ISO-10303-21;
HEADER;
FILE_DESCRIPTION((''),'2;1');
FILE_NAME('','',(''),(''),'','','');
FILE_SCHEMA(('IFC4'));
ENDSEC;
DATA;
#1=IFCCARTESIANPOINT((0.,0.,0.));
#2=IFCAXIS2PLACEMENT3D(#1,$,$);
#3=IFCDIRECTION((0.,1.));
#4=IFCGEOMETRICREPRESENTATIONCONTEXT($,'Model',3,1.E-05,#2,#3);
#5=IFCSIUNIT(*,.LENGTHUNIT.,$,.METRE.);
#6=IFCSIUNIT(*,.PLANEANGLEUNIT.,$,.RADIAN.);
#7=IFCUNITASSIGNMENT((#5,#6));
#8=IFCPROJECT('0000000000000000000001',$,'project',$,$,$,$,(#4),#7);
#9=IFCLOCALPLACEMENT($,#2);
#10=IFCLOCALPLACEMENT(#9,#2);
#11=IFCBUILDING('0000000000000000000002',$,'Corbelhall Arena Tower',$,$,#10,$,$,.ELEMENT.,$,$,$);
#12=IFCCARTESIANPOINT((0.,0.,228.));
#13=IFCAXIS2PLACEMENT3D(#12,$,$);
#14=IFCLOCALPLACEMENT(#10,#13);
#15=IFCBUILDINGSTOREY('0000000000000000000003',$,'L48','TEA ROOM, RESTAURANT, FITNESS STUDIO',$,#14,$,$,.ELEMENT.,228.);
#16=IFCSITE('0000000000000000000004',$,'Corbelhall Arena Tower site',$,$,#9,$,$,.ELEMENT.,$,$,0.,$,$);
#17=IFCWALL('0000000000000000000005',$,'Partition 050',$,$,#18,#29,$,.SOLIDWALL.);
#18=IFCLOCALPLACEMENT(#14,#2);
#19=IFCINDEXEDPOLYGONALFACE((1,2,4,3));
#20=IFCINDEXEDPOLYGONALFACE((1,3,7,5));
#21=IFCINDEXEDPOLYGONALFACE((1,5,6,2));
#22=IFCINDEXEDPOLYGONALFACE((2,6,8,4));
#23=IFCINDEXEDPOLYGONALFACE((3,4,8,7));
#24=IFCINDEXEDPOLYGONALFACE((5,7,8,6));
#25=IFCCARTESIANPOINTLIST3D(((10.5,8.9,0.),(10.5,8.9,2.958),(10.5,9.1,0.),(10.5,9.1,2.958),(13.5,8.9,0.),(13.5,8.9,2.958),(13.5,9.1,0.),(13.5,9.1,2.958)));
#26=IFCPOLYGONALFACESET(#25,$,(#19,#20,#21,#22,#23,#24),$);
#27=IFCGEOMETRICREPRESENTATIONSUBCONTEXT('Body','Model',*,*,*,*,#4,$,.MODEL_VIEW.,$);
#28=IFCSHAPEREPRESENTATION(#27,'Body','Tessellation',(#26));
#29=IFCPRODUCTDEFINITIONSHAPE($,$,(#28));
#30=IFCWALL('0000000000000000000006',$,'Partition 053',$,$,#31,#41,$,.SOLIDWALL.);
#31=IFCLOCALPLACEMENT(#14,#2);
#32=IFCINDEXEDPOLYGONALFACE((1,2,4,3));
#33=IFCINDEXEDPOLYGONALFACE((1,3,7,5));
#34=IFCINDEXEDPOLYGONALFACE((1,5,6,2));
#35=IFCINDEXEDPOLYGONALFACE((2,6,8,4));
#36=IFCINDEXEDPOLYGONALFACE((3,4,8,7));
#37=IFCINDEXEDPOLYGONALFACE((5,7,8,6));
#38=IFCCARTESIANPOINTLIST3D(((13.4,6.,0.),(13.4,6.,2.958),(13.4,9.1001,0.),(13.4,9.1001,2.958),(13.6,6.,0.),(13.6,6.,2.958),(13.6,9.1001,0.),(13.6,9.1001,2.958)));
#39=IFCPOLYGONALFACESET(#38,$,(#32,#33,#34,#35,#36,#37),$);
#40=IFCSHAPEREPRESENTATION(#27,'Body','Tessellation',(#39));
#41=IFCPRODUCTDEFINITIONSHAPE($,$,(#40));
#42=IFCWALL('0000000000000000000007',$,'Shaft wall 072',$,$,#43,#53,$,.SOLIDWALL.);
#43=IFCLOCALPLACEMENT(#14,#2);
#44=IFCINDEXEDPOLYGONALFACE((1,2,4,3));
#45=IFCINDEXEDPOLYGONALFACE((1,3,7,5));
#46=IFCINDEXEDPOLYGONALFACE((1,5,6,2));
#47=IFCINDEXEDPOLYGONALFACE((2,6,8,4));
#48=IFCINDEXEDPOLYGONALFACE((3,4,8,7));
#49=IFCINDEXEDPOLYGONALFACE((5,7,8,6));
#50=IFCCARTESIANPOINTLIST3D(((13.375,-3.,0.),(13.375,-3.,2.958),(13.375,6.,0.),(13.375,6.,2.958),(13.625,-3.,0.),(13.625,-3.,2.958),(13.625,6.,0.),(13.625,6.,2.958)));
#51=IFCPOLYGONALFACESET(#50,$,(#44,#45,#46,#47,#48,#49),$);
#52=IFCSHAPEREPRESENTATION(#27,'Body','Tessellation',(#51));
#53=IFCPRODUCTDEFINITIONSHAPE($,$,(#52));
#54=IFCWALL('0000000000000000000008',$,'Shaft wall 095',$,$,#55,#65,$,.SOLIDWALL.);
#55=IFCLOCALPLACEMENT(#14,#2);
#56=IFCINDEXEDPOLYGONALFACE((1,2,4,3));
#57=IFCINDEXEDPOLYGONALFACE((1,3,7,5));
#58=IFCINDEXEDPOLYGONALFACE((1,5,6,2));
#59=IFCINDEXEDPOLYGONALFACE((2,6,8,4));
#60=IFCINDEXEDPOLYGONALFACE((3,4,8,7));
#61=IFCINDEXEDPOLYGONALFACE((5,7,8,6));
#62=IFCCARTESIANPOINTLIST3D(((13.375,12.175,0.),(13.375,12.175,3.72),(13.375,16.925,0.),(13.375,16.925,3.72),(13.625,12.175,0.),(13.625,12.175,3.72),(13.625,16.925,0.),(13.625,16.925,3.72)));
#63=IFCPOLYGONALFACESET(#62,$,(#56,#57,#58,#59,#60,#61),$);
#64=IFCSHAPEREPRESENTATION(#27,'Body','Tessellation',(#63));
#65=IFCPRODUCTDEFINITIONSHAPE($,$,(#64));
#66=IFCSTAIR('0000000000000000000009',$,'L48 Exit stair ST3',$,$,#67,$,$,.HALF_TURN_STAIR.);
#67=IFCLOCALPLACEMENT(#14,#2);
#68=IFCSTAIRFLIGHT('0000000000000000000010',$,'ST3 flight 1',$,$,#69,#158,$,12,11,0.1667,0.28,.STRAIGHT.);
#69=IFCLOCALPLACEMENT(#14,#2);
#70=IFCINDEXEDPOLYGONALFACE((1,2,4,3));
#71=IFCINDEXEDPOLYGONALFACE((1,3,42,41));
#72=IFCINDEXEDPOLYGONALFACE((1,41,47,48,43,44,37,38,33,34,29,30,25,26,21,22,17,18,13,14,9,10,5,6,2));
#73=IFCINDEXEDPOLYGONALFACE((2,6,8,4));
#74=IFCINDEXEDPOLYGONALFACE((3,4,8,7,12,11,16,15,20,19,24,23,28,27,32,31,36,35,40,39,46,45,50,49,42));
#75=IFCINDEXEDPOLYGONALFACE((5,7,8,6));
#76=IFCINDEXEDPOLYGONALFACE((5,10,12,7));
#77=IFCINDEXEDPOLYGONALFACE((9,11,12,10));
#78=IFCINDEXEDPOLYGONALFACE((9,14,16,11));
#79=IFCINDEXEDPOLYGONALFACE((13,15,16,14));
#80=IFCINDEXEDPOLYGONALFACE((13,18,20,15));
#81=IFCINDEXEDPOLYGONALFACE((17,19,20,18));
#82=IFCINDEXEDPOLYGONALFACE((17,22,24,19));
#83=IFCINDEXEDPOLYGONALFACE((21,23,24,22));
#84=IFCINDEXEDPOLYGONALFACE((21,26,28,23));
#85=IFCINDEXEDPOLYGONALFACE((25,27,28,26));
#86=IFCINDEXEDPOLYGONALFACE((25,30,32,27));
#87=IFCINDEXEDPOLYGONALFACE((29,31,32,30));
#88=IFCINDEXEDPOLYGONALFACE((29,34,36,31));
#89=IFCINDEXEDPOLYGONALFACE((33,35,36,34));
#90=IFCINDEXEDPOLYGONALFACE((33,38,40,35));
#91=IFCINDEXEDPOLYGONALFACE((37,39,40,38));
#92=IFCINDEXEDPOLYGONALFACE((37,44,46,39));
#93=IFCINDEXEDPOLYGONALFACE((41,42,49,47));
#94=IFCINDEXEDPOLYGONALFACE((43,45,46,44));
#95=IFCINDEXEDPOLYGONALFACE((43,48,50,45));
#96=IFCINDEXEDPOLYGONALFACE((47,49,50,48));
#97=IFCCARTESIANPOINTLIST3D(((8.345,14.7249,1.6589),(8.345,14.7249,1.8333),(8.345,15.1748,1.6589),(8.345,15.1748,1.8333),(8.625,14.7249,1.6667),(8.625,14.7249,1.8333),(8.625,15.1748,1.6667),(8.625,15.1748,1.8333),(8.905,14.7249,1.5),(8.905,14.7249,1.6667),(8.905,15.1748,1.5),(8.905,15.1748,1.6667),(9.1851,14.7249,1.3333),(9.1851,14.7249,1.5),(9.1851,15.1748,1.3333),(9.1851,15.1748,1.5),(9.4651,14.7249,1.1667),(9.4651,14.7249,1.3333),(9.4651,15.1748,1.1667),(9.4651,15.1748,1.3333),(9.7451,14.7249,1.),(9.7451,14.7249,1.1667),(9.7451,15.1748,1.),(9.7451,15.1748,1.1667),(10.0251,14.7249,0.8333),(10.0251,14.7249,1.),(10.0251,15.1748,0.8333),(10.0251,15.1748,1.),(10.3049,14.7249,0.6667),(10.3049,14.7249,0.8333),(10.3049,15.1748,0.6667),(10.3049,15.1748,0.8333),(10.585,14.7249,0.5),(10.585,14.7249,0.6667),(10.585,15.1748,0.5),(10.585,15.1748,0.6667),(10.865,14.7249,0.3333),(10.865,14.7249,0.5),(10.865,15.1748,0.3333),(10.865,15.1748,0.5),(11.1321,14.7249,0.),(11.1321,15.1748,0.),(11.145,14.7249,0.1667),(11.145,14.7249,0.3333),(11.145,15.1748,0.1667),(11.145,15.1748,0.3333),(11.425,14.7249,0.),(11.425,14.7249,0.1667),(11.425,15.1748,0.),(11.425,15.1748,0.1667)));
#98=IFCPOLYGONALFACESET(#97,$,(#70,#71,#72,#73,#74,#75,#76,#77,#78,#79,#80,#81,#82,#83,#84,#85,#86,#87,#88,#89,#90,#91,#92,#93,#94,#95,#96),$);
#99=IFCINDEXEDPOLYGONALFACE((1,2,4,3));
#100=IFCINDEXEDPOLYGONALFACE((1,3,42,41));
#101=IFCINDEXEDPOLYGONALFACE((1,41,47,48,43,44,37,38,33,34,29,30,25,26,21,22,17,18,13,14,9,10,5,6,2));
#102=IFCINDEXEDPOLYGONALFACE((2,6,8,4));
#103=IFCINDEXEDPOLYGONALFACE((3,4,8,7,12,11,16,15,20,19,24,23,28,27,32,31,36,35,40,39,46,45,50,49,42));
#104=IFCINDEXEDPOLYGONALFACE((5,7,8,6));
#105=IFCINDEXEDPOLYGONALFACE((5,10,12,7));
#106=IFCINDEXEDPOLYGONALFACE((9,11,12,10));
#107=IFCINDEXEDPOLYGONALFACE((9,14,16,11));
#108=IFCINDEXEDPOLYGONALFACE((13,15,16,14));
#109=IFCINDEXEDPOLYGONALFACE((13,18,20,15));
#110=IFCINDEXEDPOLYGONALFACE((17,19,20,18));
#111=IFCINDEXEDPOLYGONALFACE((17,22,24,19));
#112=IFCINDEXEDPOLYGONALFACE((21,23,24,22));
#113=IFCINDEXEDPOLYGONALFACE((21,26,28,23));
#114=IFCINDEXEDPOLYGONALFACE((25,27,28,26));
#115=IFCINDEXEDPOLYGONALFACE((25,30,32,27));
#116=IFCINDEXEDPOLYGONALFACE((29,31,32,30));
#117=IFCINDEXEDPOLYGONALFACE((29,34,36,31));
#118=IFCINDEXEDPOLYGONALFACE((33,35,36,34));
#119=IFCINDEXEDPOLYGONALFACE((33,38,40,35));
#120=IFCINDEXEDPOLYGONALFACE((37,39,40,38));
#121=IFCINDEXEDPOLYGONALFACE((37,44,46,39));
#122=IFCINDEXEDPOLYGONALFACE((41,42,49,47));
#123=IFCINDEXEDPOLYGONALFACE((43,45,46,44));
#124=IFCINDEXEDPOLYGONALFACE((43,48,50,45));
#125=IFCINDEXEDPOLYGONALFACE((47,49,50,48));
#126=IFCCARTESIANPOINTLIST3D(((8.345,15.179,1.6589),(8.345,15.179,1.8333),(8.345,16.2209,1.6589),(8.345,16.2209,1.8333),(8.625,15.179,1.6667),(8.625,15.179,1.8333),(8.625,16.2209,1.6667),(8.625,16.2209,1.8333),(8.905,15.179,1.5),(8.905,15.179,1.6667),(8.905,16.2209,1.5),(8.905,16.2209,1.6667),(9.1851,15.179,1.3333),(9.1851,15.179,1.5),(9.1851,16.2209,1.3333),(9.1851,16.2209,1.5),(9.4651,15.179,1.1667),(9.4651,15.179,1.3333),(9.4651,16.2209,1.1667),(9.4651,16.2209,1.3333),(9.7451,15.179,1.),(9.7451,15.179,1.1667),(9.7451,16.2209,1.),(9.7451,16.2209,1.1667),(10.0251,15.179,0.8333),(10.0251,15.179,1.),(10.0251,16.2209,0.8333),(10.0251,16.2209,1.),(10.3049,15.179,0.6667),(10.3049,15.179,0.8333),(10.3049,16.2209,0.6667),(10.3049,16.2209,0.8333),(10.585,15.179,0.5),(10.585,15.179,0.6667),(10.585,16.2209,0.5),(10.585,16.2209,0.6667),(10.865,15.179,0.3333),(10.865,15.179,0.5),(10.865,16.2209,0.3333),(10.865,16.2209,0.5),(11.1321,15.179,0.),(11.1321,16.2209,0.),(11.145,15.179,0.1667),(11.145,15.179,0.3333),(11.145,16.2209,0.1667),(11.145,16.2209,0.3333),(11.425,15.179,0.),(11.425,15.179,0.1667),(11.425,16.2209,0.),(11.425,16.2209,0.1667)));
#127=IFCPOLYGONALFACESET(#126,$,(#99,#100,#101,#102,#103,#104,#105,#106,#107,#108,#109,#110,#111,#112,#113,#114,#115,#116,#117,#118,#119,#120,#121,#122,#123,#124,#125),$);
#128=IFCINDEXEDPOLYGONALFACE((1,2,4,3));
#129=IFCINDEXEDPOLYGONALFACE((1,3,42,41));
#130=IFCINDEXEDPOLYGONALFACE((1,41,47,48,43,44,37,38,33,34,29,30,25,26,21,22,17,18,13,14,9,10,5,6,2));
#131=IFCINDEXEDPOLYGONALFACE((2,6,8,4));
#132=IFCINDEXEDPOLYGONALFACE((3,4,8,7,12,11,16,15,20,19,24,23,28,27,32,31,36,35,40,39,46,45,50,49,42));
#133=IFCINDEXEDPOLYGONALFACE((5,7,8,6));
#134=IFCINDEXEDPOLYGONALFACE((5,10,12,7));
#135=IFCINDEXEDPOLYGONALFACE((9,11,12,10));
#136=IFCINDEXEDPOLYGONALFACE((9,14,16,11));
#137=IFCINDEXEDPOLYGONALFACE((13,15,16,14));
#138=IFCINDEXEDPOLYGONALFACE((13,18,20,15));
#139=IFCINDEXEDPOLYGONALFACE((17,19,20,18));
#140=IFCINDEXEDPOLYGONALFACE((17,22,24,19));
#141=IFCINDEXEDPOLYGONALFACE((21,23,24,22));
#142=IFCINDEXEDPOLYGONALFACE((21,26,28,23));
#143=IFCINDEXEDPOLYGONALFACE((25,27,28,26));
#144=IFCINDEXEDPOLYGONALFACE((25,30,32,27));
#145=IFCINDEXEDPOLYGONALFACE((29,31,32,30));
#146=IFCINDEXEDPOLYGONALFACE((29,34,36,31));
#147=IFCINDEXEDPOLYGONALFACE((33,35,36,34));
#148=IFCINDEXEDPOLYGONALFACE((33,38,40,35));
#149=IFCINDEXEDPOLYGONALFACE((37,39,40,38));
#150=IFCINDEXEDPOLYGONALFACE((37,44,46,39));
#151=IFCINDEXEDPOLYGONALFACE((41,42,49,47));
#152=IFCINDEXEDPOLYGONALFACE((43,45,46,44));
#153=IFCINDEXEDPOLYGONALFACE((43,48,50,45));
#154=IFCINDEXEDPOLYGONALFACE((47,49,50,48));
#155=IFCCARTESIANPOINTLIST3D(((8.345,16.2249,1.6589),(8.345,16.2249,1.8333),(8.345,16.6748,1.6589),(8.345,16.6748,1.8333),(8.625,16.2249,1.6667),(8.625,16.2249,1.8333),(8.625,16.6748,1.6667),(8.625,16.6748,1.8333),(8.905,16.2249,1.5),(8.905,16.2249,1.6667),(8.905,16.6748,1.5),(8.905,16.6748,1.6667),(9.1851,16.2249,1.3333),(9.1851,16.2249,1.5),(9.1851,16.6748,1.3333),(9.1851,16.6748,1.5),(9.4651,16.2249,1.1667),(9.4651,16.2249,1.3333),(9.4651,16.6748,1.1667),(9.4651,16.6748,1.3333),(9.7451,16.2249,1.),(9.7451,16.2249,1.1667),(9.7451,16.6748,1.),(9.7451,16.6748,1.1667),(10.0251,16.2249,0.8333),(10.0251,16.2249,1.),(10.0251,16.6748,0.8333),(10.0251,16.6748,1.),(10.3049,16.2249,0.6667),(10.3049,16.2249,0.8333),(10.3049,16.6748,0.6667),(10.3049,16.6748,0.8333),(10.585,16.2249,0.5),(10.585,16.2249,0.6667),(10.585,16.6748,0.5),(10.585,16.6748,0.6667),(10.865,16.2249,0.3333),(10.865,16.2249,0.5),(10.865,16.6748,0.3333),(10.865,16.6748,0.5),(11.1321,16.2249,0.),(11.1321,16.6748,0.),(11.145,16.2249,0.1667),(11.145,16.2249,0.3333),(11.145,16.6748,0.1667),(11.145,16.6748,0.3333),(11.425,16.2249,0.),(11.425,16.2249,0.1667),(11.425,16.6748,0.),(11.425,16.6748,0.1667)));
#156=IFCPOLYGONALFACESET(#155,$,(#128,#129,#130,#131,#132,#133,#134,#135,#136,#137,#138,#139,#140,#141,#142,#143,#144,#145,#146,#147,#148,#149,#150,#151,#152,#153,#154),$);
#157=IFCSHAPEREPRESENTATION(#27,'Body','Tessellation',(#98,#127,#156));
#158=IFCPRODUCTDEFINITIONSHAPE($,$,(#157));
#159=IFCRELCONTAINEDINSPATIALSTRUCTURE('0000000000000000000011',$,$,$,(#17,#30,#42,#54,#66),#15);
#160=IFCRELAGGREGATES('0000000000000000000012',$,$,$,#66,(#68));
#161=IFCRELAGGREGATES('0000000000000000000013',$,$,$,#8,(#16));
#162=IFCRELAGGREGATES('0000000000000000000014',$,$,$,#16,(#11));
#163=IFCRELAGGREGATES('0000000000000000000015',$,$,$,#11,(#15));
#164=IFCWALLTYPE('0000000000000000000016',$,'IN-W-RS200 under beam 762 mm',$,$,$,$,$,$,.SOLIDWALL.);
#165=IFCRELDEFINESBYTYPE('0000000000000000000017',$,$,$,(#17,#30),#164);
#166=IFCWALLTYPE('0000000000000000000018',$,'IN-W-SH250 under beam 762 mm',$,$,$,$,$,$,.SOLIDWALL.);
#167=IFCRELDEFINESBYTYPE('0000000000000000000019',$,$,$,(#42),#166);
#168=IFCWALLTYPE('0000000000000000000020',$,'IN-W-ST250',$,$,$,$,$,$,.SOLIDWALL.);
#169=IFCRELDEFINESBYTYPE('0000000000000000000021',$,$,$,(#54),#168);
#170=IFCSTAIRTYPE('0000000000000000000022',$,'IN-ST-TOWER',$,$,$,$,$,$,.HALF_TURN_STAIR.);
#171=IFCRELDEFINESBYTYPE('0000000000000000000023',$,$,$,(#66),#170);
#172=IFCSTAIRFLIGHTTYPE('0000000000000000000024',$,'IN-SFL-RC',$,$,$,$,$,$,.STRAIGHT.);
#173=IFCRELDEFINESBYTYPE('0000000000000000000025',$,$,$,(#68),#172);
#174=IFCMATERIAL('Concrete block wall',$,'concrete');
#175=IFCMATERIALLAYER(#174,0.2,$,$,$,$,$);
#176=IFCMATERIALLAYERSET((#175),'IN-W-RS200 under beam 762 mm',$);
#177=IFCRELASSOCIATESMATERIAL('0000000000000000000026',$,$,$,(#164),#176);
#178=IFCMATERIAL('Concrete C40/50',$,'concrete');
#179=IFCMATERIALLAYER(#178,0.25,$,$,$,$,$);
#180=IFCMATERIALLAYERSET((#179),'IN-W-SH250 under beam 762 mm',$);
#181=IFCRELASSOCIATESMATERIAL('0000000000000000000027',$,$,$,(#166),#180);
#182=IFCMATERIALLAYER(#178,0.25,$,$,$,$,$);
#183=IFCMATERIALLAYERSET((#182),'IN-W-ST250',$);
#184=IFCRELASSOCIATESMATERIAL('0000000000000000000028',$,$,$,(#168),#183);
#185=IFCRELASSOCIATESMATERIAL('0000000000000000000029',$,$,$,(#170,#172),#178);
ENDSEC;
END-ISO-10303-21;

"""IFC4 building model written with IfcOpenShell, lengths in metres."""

from ifc_helpers import new_model, si_unit, direction, frame, frame_2d, origin, place, context, subcontext, project, spatial, polyline, rectangle, outline, extrude, material, layer, layer_set, type_object, element, aggregate, save


model = new_model("IFC4")

# Units and contexts
model_context = context("Model", 3, precision=1e-05, world=origin(), true_north=direction((0.0, 1.0)))
body_context = subcontext(model_context, "Body", "Model", "MODEL_VIEW")
ifc_project = project(units=[si_unit("LENGTHUNIT", "METRE"), si_unit("PLANEANGLEUNIT", "RADIAN")], contexts=[model_context])

# Site, building, storey
site_placement = place(None, origin())
site = spatial("IfcSite", under=ifc_project, at=site_placement, Name="Corbelhall Arena Tower site", CompositionType="ELEMENT", RefElevation=0.0)
building_placement = place(site_placement, origin())
building = spatial("IfcBuilding", under=site, at=building_placement, Name="Corbelhall Arena Tower", CompositionType="ELEMENT")
storey_placement = place(building_placement, frame((0.0, 0.0, 228.0)))
storey = spatial("IfcBuildingStorey", under=building, at=storey_placement, Name="L48", Description="TEA ROOM, RESTAURANT, FITNESS STUDIO", CompositionType="ELEMENT", Elevation=228.0)

# Shared definitions
ifc_material_1 = material(Name="Concrete block wall", Category="concrete")

# Walls
ifc_layer_1 = layer(ifc_material_1, 0.2)
ifc_layer_set_1 = layer_set([ifc_layer_1], Name="IN-W-RS200 under beam 762 mm")
wall_type_1 = type_object("IfcWallType", Name="IN-W-RS200 under beam 762 mm", PredefinedType="SOLIDWALL", material=ifc_layer_set_1)
wall_1_placement = place(storey_placement, frame((10.5, 9.0, 0.0), z_axis=(0.0, 0.0, 1.0), x_axis=(1.0, 0.0, 0.0)))
element("IfcWall", 1, at=wall_1_placement, inside=storey, type_object=wall_type_1, Name="Partition 050", PredefinedType="SOLIDWALL", context=body_context, shape_type="SweptSolid", body=[
    extrude(rectangle(XDim=3.0, YDim=0.2, at=frame_2d((1.5, 0.0))), origin(), (0.0, 0.0, 1.0), 2.958),
])
wall_2_placement = place(storey_placement, frame((13.5, 9.1001, 0.0), z_axis=(0.0, 0.0, 1.0), x_axis=(0.0, -1.0, 0.0)))
element("IfcWall", 2, at=wall_2_placement, inside=storey, type_object=wall_type_1, Name="Partition 053", PredefinedType="SOLIDWALL", context=body_context, shape_type="SweptSolid", body=[
    extrude(rectangle(XDim=3.1001, YDim=0.2, at=frame_2d((1.55, 0.0))), origin(), (0.0, 0.0, 1.0), 2.958),
])
ifc_material_2 = material(Name="Concrete C40/50", Category="concrete")
ifc_layer_2 = layer(ifc_material_2, 0.25)
ifc_layer_set_2 = layer_set([ifc_layer_2], Name="IN-W-SH250 under beam 762 mm")
wall_type_2 = type_object("IfcWallType", Name="IN-W-SH250 under beam 762 mm", PredefinedType="SOLIDWALL", material=ifc_layer_set_2)
wall_3_placement = place(storey_placement, frame((13.5, 6.0, 0.0), z_axis=(0.0, 0.0, 1.0), x_axis=(0.0, -1.0, 0.0)))
element("IfcWall", 3, at=wall_3_placement, inside=storey, type_object=wall_type_2, Name="Shaft wall 072", PredefinedType="SOLIDWALL", context=body_context, shape_type="SweptSolid", body=[
    extrude(rectangle(XDim=9.0, YDim=0.25, at=frame_2d((4.5, 0.0))), origin(), (0.0, 0.0, 1.0), 2.958),
])
ifc_layer_3 = layer(ifc_material_2, 0.25)
ifc_layer_set_3 = layer_set([ifc_layer_3], Name="IN-W-ST250")
wall_type_3 = type_object("IfcWallType", Name="IN-W-ST250", PredefinedType="SOLIDWALL", material=ifc_layer_set_3)
wall_4_placement = place(storey_placement, frame((13.5, 12.175, 0.0), z_axis=(0.0, 0.0, 1.0), x_axis=(0.0, 1.0, 0.0)))
element("IfcWall", 4, at=wall_4_placement, inside=storey, type_object=wall_type_3, Name="Shaft wall 095", PredefinedType="SOLIDWALL", context=body_context, shape_type="SweptSolid", body=[
    extrude(rectangle(XDim=4.75, YDim=0.25, at=frame_2d((2.375, 0.0))), origin(), (0.0, 0.0, 1.0), 3.72),
])

# Stair, stair flight
stair_type = type_object("IfcStairType", Name="IN-ST-TOWER", PredefinedType="HALF_TURN_STAIR", material=ifc_material_2)
stair_placement = place(storey_placement, origin())
stair = element("IfcStair", 5, at=stair_placement, inside=storey, type_object=stair_type, Name="L48 Exit stair ST3", PredefinedType="HALF_TURN_STAIR")
stair_flight_type = type_object("IfcStairFlightType", Name="IN-SFL-RC", PredefinedType="STRAIGHT", material=ifc_material_2)
stair_flight_placement = place(storey_placement, frame((11.425, 15.7, 0.0), z_axis=(0.0, 0.0, 1.0), x_axis=(-1.0, 0.0, 0.0)))
stair_flight = element("IfcStairFlight", 6, at=stair_flight_placement, type_object=stair_flight_type, Name="ST3 flight 1", NumberOfRisers=12, NumberOfTreads=11, PredefinedType="STRAIGHT", RiserHeight=0.1667, TreadLength=0.28, context=body_context, shape_type="SweptSolid", body=[
    extrude(outline(polyline([(0.0, 0.0), (0.0, 0.1667), (0.28, 0.1667), (0.28, 0.3333), (0.5601, 0.3333), (0.5601, 0.5), (0.8401, 0.5), (0.8401, 0.6667), (1.1201, 0.6667), (1.1201, 0.8333), (1.3999, 0.8333), (1.3999, 1.0), (1.6799, 1.0), (1.6799, 1.1667), (1.96, 1.1667), (1.96, 1.3333), (2.24, 1.3333), (2.24, 1.5), (2.52, 1.5), (2.52, 1.6667), (2.8, 1.6667), (2.8, 1.8333), (3.0801, 1.8333), (3.0801, 2.0), (3.0801, 1.6589), (0.293, 0.0), (0.0, 0.0)])), frame((0.0, 0.9751, 0.0), z_axis=(0.0, -1.0, 0.0), x_axis=(1.0, 0.0, 0.0)), (0.0, 0.0, 1.0), 0.45),
    extrude(outline(polyline([(0.0, 0.0), (0.0, 0.1667), (0.28, 0.1667), (0.28, 0.3333), (0.5601, 0.3333), (0.5601, 0.5), (0.8401, 0.5), (0.8401, 0.6667), (1.1201, 0.6667), (1.1201, 0.8333), (1.3999, 0.8333), (1.3999, 1.0), (1.6799, 1.0), (1.6799, 1.1667), (1.96, 1.1667), (1.96, 1.3333), (2.24, 1.3333), (2.24, 1.5), (2.52, 1.5), (2.52, 1.6667), (2.8, 1.6667), (2.8, 1.8333), (3.0801, 1.8333), (3.0801, 2.0), (3.0801, 1.6589), (0.293, 0.0), (0.0, 0.0)])), frame((0.0, 0.521, 0.0), z_axis=(0.0, -1.0, 0.0), x_axis=(1.0, 0.0, 0.0)), (0.0, 0.0, 1.0), 1.042),
    extrude(outline(polyline([(0.0, 0.0), (0.0, 0.1667), (0.28, 0.1667), (0.28, 0.3333), (0.5601, 0.3333), (0.5601, 0.5), (0.8401, 0.5), (0.8401, 0.6667), (1.1201, 0.6667), (1.1201, 0.8333), (1.3999, 0.8333), (1.3999, 1.0), (1.6799, 1.0), (1.6799, 1.1667), (1.96, 1.1667), (1.96, 1.3333), (2.24, 1.3333), (2.24, 1.5), (2.52, 1.5), (2.52, 1.6667), (2.8, 1.6667), (2.8, 1.8333), (3.0801, 1.8333), (3.0801, 2.0), (3.0801, 1.6589), (0.293, 0.0), (0.0, 0.0)])), frame((0.0, -0.5249, 0.0), z_axis=(0.0, -1.0, 0.0), x_axis=(1.0, 0.0, 0.0)), (0.0, 0.0, 1.0), 0.45),
])
aggregate(stair, [stair_flight])

save(model, "model.ifc")
